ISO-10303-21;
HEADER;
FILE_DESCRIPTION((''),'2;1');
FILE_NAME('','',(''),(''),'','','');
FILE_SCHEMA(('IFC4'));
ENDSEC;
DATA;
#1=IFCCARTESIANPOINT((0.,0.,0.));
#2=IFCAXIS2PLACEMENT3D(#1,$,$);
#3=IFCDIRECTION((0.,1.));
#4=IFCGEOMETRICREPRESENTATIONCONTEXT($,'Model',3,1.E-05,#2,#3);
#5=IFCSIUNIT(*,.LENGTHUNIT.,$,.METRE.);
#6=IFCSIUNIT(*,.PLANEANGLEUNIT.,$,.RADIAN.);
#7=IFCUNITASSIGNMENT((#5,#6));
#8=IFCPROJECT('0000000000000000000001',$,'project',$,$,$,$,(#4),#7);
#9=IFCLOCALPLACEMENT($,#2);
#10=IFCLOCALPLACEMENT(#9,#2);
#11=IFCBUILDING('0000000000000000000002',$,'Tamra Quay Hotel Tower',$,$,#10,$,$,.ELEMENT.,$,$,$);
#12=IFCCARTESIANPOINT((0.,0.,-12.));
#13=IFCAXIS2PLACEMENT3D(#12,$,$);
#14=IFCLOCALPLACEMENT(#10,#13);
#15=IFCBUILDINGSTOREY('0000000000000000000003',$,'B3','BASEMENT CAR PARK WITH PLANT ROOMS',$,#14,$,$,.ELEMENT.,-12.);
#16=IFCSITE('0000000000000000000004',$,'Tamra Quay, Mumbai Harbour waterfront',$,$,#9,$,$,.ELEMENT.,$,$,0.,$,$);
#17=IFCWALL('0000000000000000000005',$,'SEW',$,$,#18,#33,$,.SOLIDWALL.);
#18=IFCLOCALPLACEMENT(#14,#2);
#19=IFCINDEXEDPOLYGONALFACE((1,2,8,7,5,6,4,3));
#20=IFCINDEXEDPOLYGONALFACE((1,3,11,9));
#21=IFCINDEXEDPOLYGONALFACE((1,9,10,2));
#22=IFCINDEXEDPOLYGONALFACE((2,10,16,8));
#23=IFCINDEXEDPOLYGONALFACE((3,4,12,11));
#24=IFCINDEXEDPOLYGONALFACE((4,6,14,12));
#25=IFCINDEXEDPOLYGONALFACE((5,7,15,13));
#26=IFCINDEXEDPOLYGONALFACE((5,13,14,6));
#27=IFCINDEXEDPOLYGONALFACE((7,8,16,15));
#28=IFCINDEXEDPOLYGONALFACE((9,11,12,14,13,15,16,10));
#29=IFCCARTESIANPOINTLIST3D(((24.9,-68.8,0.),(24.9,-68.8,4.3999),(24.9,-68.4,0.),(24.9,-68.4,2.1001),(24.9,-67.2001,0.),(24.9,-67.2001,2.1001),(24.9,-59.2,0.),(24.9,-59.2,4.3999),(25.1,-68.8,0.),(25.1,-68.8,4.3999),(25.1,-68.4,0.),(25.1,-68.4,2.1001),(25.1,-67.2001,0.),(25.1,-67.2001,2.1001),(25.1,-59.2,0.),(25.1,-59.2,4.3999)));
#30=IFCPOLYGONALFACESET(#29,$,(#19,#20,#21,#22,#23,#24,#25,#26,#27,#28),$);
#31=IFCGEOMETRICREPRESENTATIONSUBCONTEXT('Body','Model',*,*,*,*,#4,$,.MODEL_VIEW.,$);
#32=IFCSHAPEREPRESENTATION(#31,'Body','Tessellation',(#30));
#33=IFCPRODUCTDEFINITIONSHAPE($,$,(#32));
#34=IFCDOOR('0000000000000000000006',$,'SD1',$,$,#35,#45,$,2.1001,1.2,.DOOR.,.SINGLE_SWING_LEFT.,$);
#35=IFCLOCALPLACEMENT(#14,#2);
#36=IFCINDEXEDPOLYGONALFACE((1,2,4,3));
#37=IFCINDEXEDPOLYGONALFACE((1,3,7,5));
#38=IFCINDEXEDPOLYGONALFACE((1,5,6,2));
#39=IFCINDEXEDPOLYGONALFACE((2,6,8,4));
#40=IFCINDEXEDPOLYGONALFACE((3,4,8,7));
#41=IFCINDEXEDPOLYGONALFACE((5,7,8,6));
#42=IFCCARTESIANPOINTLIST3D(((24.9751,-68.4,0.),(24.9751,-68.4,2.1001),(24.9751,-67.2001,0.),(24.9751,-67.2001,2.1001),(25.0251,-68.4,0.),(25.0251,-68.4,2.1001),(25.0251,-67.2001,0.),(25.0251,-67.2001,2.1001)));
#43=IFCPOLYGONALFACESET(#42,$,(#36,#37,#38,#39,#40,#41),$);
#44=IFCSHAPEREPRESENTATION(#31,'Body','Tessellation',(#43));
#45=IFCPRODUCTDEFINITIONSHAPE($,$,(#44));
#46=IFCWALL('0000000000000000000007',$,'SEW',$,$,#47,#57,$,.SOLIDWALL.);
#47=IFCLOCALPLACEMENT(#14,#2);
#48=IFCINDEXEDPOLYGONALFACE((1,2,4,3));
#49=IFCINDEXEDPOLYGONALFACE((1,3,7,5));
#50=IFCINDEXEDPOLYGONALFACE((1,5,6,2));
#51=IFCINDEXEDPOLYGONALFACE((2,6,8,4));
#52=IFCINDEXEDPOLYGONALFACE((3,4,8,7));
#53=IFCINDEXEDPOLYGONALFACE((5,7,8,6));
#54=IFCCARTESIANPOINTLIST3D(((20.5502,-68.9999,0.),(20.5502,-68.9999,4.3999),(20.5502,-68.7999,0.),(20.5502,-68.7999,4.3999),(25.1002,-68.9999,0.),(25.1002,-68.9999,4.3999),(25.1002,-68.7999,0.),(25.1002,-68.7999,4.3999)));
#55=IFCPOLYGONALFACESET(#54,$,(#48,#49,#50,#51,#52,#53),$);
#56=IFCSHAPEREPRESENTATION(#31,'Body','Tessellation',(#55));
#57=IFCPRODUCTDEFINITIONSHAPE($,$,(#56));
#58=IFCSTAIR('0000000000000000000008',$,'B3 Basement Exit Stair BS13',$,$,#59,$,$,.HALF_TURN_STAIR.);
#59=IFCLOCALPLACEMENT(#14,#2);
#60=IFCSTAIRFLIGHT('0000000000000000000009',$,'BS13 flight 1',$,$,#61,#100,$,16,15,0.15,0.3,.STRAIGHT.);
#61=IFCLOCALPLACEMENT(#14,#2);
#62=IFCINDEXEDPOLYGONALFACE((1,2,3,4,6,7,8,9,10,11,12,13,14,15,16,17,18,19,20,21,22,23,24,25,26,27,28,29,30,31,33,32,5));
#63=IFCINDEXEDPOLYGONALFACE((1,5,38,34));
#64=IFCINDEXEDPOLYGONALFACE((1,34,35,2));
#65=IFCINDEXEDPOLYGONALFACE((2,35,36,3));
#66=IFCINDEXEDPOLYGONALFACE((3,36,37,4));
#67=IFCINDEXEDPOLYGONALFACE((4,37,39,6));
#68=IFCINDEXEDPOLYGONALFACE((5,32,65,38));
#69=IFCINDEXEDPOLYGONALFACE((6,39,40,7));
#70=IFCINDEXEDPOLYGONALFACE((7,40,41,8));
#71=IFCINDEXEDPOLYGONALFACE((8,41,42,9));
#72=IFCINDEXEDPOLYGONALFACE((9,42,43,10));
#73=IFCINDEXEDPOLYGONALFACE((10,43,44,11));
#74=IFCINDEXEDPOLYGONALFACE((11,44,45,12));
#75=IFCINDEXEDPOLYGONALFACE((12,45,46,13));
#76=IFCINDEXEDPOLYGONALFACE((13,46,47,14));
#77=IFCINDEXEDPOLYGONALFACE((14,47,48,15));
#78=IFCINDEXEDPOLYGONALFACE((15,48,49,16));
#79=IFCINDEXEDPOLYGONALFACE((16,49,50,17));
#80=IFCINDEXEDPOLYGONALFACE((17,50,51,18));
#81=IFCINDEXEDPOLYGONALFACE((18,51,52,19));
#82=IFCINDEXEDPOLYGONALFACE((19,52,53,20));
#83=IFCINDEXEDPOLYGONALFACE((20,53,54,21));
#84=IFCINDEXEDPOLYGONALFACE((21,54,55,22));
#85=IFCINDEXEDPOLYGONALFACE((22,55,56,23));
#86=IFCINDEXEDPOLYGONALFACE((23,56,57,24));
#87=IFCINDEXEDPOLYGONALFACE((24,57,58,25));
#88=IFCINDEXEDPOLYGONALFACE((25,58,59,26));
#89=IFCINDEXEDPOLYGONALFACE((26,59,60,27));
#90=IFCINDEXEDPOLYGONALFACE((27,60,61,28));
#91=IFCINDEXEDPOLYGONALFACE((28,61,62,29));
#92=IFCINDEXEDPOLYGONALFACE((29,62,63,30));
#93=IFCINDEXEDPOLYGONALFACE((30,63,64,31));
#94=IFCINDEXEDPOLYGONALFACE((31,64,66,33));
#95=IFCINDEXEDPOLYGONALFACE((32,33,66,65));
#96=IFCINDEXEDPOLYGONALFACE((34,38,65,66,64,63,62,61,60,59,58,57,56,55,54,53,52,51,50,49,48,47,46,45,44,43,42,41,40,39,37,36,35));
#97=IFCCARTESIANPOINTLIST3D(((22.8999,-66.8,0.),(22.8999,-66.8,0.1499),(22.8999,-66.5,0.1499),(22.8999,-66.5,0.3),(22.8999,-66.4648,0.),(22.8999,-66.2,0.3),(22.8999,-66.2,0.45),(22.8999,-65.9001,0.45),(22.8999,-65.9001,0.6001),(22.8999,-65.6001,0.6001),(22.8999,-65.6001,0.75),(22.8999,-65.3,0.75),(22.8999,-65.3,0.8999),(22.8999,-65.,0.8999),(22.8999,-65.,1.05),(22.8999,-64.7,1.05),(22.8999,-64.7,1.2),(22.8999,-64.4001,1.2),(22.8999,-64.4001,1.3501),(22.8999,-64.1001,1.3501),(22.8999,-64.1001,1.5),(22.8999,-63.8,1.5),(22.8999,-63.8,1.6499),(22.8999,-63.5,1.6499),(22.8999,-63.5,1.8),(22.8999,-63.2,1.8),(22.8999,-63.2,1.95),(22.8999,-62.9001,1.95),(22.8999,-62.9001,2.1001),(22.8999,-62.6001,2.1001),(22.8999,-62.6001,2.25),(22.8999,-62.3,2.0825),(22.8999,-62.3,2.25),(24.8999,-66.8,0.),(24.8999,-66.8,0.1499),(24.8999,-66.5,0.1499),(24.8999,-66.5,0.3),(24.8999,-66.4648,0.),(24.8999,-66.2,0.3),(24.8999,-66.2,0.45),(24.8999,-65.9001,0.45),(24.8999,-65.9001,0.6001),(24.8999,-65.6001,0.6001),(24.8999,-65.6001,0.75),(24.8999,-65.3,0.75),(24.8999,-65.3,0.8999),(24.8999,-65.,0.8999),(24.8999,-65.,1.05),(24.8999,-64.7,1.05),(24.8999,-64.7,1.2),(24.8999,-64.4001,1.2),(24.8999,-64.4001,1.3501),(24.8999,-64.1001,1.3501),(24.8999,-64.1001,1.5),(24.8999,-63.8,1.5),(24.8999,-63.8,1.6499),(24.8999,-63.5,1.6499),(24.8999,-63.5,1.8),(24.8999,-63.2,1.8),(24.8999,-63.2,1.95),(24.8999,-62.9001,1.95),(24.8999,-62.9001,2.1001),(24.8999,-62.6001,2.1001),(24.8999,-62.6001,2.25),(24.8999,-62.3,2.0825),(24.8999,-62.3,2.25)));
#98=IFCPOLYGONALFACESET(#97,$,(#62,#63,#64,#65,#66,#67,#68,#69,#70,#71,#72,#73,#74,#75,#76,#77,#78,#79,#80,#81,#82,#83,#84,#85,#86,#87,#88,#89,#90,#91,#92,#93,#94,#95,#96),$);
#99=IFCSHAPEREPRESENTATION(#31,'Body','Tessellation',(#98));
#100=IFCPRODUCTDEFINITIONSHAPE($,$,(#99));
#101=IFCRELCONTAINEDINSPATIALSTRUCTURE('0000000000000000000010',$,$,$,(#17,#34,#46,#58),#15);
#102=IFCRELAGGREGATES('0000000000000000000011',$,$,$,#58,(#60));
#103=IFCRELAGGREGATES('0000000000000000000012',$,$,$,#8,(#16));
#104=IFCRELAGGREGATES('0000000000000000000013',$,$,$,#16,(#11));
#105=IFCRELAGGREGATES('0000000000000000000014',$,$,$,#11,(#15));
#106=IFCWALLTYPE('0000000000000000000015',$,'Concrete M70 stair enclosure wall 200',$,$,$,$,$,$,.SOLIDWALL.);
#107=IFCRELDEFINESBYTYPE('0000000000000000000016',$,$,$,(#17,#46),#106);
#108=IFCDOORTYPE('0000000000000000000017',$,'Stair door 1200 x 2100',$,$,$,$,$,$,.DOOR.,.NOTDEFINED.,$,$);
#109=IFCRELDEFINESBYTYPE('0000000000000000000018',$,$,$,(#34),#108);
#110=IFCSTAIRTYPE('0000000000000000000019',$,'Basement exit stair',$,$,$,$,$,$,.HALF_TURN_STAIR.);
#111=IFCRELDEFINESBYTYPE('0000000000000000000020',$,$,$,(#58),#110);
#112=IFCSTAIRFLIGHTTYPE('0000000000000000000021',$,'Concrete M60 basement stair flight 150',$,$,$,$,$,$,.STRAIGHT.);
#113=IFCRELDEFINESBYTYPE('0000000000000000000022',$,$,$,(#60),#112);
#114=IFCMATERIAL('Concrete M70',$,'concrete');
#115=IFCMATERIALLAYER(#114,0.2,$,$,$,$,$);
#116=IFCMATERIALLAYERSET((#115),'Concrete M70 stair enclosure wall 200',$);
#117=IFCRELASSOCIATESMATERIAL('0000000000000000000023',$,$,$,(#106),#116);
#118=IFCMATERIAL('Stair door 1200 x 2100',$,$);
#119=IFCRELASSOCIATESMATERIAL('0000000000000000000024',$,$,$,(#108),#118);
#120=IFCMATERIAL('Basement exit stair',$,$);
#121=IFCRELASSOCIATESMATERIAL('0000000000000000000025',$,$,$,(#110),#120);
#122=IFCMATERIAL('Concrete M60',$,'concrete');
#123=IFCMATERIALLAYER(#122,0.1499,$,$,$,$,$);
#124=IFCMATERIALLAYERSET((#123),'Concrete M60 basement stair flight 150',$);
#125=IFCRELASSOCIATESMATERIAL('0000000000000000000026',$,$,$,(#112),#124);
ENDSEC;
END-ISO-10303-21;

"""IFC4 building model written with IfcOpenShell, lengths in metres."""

from ifc_helpers import new_model, si_unit, direction, frame, frame_2d, origin, place, context, subcontext, project, spatial, polyline, rectangle, outline, extrude, material, layer, layer_set, type_object, element, fill, aggregate, save


model = new_model("IFC4")

# Units and contexts
model_context = context("Model", 3, precision=1e-05, world=origin(), true_north=direction((0.0, 1.0)))
body_context = subcontext(model_context, "Body", "Model", "MODEL_VIEW")
ifc_project = project(units=[si_unit("LENGTHUNIT", "METRE"), si_unit("PLANEANGLEUNIT", "RADIAN")], contexts=[model_context])

# Site, building, storey
site_placement = place(None, origin())
site = spatial("IfcSite", under=ifc_project, at=site_placement, Name="Tamra Quay, Mumbai Harbour waterfront", CompositionType="ELEMENT", RefElevation=0.0)
building_placement = place(site_placement, origin())
building = spatial("IfcBuilding", under=site, at=building_placement, Name="Tamra Quay Hotel Tower", CompositionType="ELEMENT")
storey_placement = place(building_placement, frame((0.0, 0.0, -12.0)))
storey = spatial("IfcBuildingStorey", under=building, at=storey_placement, Name="B3", Description="BASEMENT CAR PARK WITH PLANT ROOMS", CompositionType="ELEMENT", Elevation=-12.0)

# Shared definitions
ifc_material_1 = material(Name="Concrete M70", Category="concrete")

# Shared definitions
ifc_layer_1 = layer(ifc_material_1, 0.2)
ifc_layer_set_1 = layer_set([ifc_layer_1], Name="Concrete M70 stair enclosure wall 200")
wall_type_1 = type_object("IfcWallType", Name="Concrete M70 stair enclosure wall 200", PredefinedType="SOLIDWALL", material=ifc_layer_set_1)

# Wall, opening, door
wall_1_placement = place(storey_placement, frame((25.0, -68.8, 0.0), z_axis=(0.0, 0.0, 1.0), x_axis=(0.0, 1.0, 0.0)))
wall_1 = element("IfcWall", 1, at=wall_1_placement, inside=storey, type_object=wall_type_1, Name="SEW", PredefinedType="SOLIDWALL", context=body_context, shape_type="SweptSolid", body=[
    extrude(rectangle(XDim=9.6001, YDim=0.2, at=frame_2d((4.8, 0.0))), origin(), (0.0, 0.0, 1.0), 4.3999),
])
opening_1_placement = place(wall_1_placement, frame((0.3999, 0.0, 0.0)))
opening_1 = element("IfcOpeningElement", 2, at=opening_1_placement, cuts=wall_1, PredefinedType="OPENING", context=body_context, shape_type="SweptSolid", body=[
    extrude(rectangle(XDim=1.2, YDim=2.1001, at=frame_2d((0.6001, 1.05))), frame((0.0, 0.1099, 0.0), z_axis=(0.0, -1.0, 0.0), x_axis=(1.0, 0.0, 0.0)), (0.0, 0.0, 1.0), 0.22),
])
ifc_material_2 = material(Name="Stair door 1200 x 2100")
door_type_1 = type_object("IfcDoorType", Name="Stair door 1200 x 2100", OperationType="NOTDEFINED", PredefinedType="DOOR", material=ifc_material_2)
door_1_placement = place(opening_1_placement, origin())
door_1 = element("IfcDoor", 3, at=door_1_placement, inside=storey, type_object=door_type_1, Name="SD1", OperationType="SINGLE_SWING_LEFT", OverallHeight=2.1001, OverallWidth=1.2, PredefinedType="DOOR", context=body_context, shape_type="SweptSolid", body=[
    extrude(rectangle(XDim=1.2, YDim=2.1001, at=frame_2d((0.6001, 1.05))), frame((0.0, 0.0249, 0.0), z_axis=(0.0, -1.0, 0.0), x_axis=(1.0, 0.0, 0.0)), (0.0, 0.0, 1.0), 0.05),
])
fill(opening_1, door_1)

# Wall
wall_2_placement = place(storey_placement, frame((25.1001, -68.8999, 0.0), z_axis=(0.0, 0.0, 1.0), x_axis=(-1.0, 0.0, 0.0)))
element("IfcWall", 4, at=wall_2_placement, inside=storey, type_object=wall_type_1, Name="SEW", PredefinedType="SOLIDWALL", context=body_context, shape_type="SweptSolid", body=[
    extrude(rectangle(XDim=4.55, YDim=0.2, at=frame_2d((2.2749, 0.0))), origin(), (0.0, 0.0, 1.0), 4.3999),
])

# Stair, stair flight
ifc_material_3 = material(Name="Basement exit stair")
stair_type = type_object("IfcStairType", Name="Basement exit stair", PredefinedType="HALF_TURN_STAIR", material=ifc_material_3)
stair_placement = place(storey_placement, origin())
stair = element("IfcStair", 5, at=stair_placement, inside=storey, type_object=stair_type, Name="B3 Basement Exit Stair BS13", PredefinedType="HALF_TURN_STAIR")
ifc_material_4 = material(Name="Concrete M60", Category="concrete")
ifc_layer_2 = layer(ifc_material_4, 0.1499)
ifc_layer_set_2 = layer_set([ifc_layer_2], Name="Concrete M60 basement stair flight 150")
stair_flight_type = type_object("IfcStairFlightType", Name="Concrete M60 basement stair flight 150", PredefinedType="STRAIGHT", material=ifc_layer_set_2)
stair_flight_placement = place(storey_placement, frame((23.8999, -66.8, 0.0), z_axis=(0.0, 0.0, 1.0), x_axis=(0.0, 1.0, 0.0)))
stair_flight = element("IfcStairFlight", 6, at=stair_flight_placement, type_object=stair_flight_type, Name="BS13 flight 1", NumberOfRisers=16, NumberOfTreads=15, PredefinedType="STRAIGHT", RiserHeight=0.15, TreadLength=0.3, context=body_context, shape_type="SweptSolid", body=[
    extrude(outline(polyline([(0.0, 0.0), (0.0, 0.1499), (0.3, 0.1499), (0.3, 0.3), (0.6001, 0.3), (0.6001, 0.45), (0.8999, 0.45), (0.8999, 0.6001), (1.2, 0.6001), (1.2, 0.75), (1.5, 0.75), (1.5, 0.8999), (1.8, 0.8999), (1.8, 1.05), (2.1001, 1.05), (2.1001, 1.2), (2.3999, 1.2), (2.3999, 1.3501), (2.7, 1.3501), (2.7, 1.5), (3.0, 1.5), (3.0, 1.6499), (3.3, 1.6499), (3.3, 1.8), (3.6001, 1.8), (3.6001, 1.95), (3.8999, 1.95), (3.8999, 2.1001), (4.2, 2.1001), (4.2, 2.25), (4.5, 2.25), (4.5, 2.3999), (4.5, 2.0825), (0.3352, 0.0), (0.0, 0.0)])), frame((0.0, 1.0, 0.0), z_axis=(0.0, -1.0, 0.0), x_axis=(1.0, 0.0, 0.0)), (0.0, 0.0, 1.0), 2.0),
])
aggregate(stair, [stair_flight])

save(model, "model.ifc")
